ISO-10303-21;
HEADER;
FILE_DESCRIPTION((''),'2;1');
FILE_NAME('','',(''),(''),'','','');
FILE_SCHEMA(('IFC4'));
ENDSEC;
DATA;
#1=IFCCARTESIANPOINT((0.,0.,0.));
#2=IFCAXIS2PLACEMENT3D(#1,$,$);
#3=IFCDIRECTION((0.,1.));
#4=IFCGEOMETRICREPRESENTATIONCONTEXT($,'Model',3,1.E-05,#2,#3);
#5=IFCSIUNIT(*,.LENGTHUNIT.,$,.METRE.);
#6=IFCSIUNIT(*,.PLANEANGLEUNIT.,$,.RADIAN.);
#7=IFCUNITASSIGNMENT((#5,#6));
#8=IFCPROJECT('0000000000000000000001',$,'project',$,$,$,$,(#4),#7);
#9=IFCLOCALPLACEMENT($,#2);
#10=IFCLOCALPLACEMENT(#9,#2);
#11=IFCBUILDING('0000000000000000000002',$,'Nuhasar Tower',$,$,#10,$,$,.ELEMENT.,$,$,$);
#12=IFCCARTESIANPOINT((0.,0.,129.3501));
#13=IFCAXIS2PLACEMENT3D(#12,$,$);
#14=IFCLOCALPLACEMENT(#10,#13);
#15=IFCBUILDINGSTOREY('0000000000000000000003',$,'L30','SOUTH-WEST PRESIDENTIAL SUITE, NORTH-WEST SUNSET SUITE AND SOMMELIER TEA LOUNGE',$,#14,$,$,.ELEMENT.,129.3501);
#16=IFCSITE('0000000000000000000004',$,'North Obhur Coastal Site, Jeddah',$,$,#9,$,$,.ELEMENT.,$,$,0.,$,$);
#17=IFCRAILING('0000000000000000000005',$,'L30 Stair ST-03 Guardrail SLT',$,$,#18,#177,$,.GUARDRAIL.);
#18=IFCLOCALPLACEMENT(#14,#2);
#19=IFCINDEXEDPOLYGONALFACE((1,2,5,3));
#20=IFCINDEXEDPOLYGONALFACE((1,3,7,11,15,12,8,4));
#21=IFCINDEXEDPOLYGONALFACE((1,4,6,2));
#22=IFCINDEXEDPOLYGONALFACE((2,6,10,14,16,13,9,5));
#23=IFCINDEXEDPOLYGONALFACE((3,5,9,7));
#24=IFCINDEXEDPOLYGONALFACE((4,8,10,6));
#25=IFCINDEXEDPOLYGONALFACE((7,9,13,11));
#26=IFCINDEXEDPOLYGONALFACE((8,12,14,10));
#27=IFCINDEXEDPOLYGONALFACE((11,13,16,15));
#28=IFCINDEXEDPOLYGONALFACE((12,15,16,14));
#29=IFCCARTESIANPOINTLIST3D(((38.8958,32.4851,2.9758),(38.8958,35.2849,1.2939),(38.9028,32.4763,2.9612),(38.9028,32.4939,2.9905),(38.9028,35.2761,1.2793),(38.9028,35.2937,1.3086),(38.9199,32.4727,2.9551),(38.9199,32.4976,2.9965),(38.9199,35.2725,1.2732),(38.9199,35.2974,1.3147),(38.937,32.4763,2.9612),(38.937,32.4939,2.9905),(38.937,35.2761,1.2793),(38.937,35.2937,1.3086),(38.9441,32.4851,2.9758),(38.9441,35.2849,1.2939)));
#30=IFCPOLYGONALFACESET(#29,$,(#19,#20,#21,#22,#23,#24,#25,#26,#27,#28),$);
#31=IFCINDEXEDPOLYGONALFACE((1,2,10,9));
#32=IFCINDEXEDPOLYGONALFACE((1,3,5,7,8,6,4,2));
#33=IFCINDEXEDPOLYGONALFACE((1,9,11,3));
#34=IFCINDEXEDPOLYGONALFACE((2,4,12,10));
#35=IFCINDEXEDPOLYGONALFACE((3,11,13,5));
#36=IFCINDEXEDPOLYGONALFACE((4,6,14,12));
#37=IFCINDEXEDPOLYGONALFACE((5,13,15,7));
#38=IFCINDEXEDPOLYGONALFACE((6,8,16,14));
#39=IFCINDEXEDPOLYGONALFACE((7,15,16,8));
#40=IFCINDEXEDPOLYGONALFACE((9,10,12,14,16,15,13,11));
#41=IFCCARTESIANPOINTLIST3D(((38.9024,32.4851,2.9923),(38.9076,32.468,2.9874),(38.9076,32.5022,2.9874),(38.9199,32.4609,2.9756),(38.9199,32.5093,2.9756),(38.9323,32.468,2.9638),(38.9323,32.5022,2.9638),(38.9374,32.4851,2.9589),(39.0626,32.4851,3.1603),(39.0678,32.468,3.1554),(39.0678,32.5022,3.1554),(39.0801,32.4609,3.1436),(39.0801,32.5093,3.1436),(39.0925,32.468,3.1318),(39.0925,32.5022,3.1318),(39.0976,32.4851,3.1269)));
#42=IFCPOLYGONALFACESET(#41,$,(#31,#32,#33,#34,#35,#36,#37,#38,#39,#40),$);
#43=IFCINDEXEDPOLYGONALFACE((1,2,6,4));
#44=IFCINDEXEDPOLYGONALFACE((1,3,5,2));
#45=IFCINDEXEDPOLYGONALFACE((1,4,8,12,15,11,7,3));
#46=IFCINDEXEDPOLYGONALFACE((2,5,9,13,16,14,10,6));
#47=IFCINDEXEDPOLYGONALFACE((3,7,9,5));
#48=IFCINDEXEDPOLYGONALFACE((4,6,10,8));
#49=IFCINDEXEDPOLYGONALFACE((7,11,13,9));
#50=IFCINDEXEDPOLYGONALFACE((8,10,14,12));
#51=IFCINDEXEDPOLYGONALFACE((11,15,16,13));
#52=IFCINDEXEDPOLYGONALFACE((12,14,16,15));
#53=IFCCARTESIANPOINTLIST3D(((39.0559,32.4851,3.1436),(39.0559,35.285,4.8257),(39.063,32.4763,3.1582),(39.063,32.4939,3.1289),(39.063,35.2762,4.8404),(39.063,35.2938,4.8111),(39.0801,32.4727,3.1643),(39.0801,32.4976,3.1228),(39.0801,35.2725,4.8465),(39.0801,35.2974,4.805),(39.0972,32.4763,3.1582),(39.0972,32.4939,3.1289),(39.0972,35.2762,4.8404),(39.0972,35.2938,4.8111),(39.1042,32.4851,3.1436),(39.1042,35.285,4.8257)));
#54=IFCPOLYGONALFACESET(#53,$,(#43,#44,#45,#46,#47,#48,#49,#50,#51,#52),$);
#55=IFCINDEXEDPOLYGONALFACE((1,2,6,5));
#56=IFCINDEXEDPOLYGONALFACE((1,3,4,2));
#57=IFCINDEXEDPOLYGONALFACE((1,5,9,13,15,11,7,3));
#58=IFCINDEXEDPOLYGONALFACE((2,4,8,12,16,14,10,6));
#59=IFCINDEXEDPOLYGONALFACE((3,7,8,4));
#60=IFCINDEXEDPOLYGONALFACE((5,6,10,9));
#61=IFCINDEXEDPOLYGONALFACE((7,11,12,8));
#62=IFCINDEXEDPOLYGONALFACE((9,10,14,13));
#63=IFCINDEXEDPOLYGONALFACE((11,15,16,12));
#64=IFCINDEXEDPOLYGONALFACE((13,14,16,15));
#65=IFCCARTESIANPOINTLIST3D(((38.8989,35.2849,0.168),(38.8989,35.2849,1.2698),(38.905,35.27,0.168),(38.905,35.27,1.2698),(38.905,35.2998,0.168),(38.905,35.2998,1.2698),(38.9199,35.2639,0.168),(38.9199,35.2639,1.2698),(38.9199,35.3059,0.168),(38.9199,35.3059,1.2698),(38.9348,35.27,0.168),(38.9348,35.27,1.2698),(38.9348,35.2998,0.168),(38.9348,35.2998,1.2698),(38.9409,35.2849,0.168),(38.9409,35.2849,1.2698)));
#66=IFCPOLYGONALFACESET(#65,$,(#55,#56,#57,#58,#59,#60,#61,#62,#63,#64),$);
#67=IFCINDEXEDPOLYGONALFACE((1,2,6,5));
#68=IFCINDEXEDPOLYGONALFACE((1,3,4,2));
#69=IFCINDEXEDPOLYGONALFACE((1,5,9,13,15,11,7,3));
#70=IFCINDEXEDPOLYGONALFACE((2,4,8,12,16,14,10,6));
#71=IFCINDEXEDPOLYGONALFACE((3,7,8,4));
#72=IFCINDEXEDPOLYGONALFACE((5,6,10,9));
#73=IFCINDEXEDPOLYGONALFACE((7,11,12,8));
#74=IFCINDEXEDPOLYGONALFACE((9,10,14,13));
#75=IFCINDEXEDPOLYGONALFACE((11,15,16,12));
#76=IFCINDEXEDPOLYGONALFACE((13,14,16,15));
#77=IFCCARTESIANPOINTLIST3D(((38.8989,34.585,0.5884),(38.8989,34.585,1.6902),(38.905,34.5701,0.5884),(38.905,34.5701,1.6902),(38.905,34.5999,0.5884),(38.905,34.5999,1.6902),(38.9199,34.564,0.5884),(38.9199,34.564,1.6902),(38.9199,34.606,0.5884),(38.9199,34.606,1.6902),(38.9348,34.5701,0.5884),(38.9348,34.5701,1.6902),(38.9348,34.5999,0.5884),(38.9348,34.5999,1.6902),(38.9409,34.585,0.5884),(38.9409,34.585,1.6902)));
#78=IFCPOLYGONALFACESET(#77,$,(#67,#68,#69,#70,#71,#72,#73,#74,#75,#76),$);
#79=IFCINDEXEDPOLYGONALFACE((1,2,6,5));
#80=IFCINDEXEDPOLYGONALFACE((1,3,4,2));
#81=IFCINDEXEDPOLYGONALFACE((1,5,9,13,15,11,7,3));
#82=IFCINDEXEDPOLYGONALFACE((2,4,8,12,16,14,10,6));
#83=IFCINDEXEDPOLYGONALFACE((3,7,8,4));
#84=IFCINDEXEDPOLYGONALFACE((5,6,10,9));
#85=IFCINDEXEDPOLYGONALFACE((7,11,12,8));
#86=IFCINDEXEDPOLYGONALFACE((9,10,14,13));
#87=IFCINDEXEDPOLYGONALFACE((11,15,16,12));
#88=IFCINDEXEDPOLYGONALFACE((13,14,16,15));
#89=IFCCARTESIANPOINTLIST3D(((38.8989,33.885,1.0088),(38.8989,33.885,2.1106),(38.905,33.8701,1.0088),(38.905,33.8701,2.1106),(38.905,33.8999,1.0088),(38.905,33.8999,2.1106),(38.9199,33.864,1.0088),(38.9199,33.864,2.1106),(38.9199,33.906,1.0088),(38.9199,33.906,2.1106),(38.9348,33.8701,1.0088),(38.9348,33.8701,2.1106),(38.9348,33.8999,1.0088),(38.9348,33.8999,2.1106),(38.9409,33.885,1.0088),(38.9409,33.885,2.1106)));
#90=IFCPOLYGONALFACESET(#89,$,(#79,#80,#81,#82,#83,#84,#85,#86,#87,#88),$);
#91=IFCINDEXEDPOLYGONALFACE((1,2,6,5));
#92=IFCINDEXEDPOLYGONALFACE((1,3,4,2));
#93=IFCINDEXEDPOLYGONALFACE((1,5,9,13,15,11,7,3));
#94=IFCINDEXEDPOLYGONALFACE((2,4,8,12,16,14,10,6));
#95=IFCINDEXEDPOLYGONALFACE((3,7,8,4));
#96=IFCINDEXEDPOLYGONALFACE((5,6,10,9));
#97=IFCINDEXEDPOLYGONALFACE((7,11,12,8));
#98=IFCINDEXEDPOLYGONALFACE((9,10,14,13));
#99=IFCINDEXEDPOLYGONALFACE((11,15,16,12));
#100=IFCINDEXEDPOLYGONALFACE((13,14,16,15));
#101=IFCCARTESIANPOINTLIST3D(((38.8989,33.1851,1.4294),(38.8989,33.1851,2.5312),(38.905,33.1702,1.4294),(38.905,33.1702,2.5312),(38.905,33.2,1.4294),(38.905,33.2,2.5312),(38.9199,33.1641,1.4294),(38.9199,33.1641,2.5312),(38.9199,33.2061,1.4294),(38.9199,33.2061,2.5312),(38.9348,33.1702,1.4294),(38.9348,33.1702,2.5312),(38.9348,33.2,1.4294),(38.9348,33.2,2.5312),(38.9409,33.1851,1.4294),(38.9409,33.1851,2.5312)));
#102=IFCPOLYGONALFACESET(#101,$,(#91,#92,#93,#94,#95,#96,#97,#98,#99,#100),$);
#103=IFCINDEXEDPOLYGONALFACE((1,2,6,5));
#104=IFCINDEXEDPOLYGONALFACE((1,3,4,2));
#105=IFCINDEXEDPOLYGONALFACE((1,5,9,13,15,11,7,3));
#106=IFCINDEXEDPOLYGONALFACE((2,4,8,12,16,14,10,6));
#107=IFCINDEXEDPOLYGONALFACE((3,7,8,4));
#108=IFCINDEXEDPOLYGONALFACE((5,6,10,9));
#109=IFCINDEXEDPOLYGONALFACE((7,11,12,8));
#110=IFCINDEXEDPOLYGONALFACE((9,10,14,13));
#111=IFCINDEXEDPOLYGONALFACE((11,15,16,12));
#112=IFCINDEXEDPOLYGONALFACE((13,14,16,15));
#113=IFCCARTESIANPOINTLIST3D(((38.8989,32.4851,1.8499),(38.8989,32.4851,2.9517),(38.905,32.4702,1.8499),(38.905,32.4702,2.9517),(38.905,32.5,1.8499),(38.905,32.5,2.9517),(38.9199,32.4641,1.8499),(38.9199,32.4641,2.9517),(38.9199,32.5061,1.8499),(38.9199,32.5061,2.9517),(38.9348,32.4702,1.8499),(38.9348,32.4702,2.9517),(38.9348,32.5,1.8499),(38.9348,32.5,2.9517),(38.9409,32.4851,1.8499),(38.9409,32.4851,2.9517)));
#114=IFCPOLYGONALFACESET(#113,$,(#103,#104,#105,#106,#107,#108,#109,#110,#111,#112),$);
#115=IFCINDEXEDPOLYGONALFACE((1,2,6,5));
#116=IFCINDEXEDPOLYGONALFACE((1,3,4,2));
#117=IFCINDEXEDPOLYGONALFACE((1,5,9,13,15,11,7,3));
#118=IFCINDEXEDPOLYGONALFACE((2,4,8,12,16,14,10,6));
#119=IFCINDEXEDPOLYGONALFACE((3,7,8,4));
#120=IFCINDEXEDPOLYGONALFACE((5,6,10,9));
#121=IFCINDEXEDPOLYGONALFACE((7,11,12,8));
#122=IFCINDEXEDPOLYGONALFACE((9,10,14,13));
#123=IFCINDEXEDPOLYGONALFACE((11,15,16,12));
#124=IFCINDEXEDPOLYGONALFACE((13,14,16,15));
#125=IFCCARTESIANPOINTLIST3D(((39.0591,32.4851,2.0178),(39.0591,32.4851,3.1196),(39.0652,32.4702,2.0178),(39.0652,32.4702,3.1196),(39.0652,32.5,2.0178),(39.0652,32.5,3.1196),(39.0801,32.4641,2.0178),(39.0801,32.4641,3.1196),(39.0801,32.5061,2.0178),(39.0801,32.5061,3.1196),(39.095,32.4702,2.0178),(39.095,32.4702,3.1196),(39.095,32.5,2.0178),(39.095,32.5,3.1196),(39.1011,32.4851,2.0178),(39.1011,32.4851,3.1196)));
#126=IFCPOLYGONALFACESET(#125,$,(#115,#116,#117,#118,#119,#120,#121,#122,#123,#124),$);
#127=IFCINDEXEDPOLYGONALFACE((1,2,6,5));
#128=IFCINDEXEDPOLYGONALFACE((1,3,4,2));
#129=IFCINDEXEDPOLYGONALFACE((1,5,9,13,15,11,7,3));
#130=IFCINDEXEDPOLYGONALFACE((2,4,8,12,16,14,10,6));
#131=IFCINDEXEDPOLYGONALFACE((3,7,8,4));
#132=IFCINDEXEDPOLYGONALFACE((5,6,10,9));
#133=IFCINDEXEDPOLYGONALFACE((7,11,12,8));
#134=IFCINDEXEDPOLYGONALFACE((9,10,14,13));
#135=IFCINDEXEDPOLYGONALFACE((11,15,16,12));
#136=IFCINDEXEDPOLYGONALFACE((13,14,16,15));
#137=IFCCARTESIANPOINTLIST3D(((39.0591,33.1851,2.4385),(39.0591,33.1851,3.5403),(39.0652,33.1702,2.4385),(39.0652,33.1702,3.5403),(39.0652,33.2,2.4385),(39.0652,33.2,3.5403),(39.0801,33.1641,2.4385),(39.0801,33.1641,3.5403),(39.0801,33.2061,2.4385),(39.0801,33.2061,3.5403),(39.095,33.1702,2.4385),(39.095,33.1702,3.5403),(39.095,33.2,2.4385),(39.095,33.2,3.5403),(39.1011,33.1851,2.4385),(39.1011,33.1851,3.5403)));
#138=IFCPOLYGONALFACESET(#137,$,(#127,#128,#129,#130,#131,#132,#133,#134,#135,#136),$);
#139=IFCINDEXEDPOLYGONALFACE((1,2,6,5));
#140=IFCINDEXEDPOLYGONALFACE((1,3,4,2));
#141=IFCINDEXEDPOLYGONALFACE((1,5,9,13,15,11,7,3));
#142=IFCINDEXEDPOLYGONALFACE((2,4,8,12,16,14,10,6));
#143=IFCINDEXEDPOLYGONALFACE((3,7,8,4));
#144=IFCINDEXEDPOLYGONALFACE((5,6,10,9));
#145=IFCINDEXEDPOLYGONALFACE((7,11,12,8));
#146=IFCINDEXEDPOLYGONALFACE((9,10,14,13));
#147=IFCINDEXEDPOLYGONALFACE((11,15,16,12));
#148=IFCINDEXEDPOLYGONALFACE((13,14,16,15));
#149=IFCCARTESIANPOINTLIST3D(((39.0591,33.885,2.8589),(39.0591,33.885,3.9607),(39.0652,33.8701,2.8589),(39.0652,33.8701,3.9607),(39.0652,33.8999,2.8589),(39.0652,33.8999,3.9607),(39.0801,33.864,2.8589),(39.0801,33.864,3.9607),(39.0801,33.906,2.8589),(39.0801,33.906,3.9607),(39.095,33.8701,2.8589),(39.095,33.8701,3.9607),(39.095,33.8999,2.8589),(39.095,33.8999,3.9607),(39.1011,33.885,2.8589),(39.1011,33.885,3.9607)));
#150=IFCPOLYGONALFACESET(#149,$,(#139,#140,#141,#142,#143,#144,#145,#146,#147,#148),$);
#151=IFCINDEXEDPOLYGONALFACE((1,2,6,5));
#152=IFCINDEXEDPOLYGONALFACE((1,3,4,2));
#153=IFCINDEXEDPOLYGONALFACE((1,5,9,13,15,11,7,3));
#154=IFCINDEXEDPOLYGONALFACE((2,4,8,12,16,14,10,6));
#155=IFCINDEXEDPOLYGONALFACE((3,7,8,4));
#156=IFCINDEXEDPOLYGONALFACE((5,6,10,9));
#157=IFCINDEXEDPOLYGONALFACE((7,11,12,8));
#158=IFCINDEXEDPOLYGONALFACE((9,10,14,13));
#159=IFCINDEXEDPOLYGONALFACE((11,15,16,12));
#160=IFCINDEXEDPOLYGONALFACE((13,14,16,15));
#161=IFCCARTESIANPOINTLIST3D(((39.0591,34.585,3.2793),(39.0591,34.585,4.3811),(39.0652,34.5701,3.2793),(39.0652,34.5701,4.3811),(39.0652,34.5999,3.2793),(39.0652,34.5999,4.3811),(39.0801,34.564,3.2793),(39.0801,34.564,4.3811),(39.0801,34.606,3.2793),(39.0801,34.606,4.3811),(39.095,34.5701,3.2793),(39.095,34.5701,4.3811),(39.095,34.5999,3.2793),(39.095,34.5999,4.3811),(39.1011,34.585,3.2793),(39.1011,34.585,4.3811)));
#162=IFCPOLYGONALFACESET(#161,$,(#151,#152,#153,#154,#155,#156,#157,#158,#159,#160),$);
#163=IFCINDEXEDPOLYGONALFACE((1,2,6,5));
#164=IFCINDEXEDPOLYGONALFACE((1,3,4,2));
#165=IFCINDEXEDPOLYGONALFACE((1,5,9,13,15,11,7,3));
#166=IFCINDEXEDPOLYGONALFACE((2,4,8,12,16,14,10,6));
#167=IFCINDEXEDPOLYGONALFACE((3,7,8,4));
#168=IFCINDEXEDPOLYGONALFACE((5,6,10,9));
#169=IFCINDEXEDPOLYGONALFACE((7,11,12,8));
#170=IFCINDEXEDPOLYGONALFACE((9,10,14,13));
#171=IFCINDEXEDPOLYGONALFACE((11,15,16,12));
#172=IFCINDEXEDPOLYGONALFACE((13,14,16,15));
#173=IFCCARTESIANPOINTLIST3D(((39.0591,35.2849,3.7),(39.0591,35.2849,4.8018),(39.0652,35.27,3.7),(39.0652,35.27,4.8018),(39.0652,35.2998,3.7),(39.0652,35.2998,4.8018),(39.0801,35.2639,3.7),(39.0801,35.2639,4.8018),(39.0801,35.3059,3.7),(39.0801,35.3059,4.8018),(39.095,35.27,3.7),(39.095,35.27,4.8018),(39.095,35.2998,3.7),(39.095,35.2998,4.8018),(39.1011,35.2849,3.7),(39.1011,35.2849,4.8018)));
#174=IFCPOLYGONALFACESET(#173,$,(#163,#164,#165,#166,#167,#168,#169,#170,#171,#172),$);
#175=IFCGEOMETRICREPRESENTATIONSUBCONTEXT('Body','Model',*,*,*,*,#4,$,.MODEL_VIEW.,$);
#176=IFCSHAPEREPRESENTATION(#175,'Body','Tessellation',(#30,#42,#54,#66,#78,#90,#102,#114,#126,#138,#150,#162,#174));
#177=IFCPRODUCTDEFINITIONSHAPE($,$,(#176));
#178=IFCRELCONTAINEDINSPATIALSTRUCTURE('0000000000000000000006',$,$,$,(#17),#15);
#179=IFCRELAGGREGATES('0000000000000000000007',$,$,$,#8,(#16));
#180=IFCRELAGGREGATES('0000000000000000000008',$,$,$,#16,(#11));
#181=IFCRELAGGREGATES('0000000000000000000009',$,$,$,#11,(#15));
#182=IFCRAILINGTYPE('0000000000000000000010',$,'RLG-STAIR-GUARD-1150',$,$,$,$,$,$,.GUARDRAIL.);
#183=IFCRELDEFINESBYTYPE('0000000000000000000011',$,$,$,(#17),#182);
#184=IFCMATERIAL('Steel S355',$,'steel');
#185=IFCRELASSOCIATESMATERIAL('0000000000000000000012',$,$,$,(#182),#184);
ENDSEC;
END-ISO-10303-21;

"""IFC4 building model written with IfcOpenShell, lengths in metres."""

from ifc_helpers import new_model, si_unit, direction, frame, origin, place, context, subcontext, project, spatial, polyline, outline, extrude, material, type_object, element, save


model = new_model("IFC4")

# Units and contexts
model_context = context("Model", 3, precision=1e-05, world=origin(), true_north=direction((0.0, 1.0)))
body_context = subcontext(model_context, "Body", "Model", "MODEL_VIEW")
ifc_project = project(units=[si_unit("LENGTHUNIT", "METRE"), si_unit("PLANEANGLEUNIT", "RADIAN")], contexts=[model_context])

# Site, building, storey
site_placement = place(None, origin())
site = spatial("IfcSite", under=ifc_project, at=site_placement, Name="North Obhur Coastal Site, Jeddah", CompositionType="ELEMENT", RefElevation=0.0)
building_placement = place(site_placement, origin())
building = spatial("IfcBuilding", under=site, at=building_placement, Name="Nuhasar Tower", CompositionType="ELEMENT")
storey_placement = place(building_placement, frame((0.0, 0.0, 129.3501)))
storey = spatial("IfcBuildingStorey", under=building, at=storey_placement, Name="L30", Description="SOUTH-WEST PRESIDENTIAL SUITE, NORTH-WEST SUNSET SUITE AND SOMMELIER TEA LOUNGE", CompositionType="ELEMENT", Elevation=129.3501)

# Shared definitions
ifc_material_1 = material(Name="Steel S355", Category="steel")

# Railing
railing_type_1 = type_object("IfcRailingType", Name="RLG-STAIR-GUARD-1150", PredefinedType="GUARDRAIL", material=ifc_material_1)
railing_1_placement = place(storey_placement, frame((38.9199, 35.2849, 0.168)))
element("IfcRailing", 1, at=railing_1_placement, inside=storey, type_object=railing_type_1, Name="L30 Stair ST-03 Guardrail SLT", PredefinedType="GUARDRAIL", context=body_context, shape_type="SweptSolid", body=[
    extrude(outline(polyline([(0.0242, 0.0), (0.0171, 0.0171), (0.0, 0.0242), (-0.0171, 0.0171), (-0.0242, 0.0), (-0.0171, -0.0171), (0.0, -0.0242), (0.0171, -0.0171), (0.0242, 0.0)])), frame((0.0, 0.0, 1.126), z_axis=(0.0, -0.857222, 0.514946), x_axis=(1.0, 0.0, 0.0)), (0.0, 0.0, 1.0), 3.2661),
    extrude(outline(polyline([(0.0242, 0.0), (0.0171, 0.0171), (0.0, 0.0242), (-0.0171, 0.0171), (-0.0242, 0.0), (-0.0171, -0.0171), (0.0, -0.0242), (0.0171, -0.0171), (0.0242, 0.0)])), frame((0.0, -2.7998, 2.8076), z_axis=(0.690075, 0.0, 0.723738), x_axis=(0.0, 1.0, 0.0)), (0.0, 0.0, 1.0), 0.2322),
    extrude(outline(polyline([(0.0242, 0.0), (0.0171, 0.0171), (0.0, 0.0242), (-0.0171, 0.0171), (-0.0242, 0.0), (-0.0171, -0.0171), (0.0, -0.0242), (0.0171, -0.0171), (0.0242, 0.0)])), frame((0.1602, -2.7998, 2.9756), z_axis=(0.0, 0.857189, 0.515001), x_axis=(-1.0, 0.0, 0.0)), (0.0, 0.0, 1.0), 3.2664),
    extrude(outline(polyline([(0.021, 0.0), (0.0149, 0.0149), (0.0, 0.021), (-0.0149, 0.0149), (-0.021, 0.0), (-0.0149, -0.0149), (0.0, -0.021), (0.0149, -0.0149), (0.021, 0.0)])), origin(), (0.0, 0.0, 1.0), 1.1018),
    extrude(outline(polyline([(0.021, 0.0), (0.0149, 0.0149), (0.0, 0.021), (-0.0149, 0.0149), (-0.021, 0.0), (-0.0149, -0.0149), (0.0, -0.021), (0.0149, -0.0149), (0.021, 0.0)])), frame((0.0, -0.7, 0.4204)), (0.0, 0.0, 1.0), 1.1018),
    extrude(outline(polyline([(0.021, 0.0), (0.0149, 0.0149), (0.0, 0.021), (-0.0149, 0.0149), (-0.021, 0.0), (-0.0149, -0.0149), (0.0, -0.021), (0.0149, -0.0149), (0.021, 0.0)])), frame((0.0, -1.3999, 0.8408)), (0.0, 0.0, 1.0), 1.1018),
    extrude(outline(polyline([(0.021, 0.0), (0.0149, 0.0149), (0.0, 0.021), (-0.0149, 0.0149), (-0.021, 0.0), (-0.0149, -0.0149), (0.0, -0.021), (0.0149, -0.0149), (0.021, 0.0)])), frame((0.0, -2.0999, 1.2615)), (0.0, 0.0, 1.0), 1.1018),
    extrude(outline(polyline([(0.021, 0.0), (0.0149, 0.0149), (0.0, 0.021), (-0.0149, 0.0149), (-0.021, 0.0), (-0.0149, -0.0149), (0.0, -0.021), (0.0149, -0.0149), (0.021, 0.0)])), frame((0.0, -2.7998, 1.6819)), (0.0, 0.0, 1.0), 1.1018),
    extrude(outline(polyline([(0.021, 0.0), (0.0149, 0.0149), (0.0, 0.021), (-0.0149, 0.0149), (-0.021, 0.0), (-0.0149, -0.0149), (0.0, -0.021), (0.0149, -0.0149), (0.021, 0.0)])), frame((0.1602, -2.7998, 1.8499)), (0.0, 0.0, 1.0), 1.1018),
    extrude(outline(polyline([(0.021, 0.0), (0.0149, 0.0149), (0.0, 0.021), (-0.0149, 0.0149), (-0.021, 0.0), (-0.0149, -0.0149), (0.0, -0.021), (0.0149, -0.0149), (0.021, 0.0)])), frame((0.1602, -2.0999, 2.2705)), (0.0, 0.0, 1.0), 1.1018),
    extrude(outline(polyline([(0.021, 0.0), (0.0149, 0.0149), (0.0, 0.021), (-0.0149, 0.0149), (-0.021, 0.0), (-0.0149, -0.0149), (0.0, -0.021), (0.0149, -0.0149), (0.021, 0.0)])), frame((0.1602, -1.3999, 2.6909)), (0.0, 0.0, 1.0), 1.1018),
    extrude(outline(polyline([(0.021, 0.0), (0.0149, 0.0149), (0.0, 0.021), (-0.0149, 0.0149), (-0.021, 0.0), (-0.0149, -0.0149), (0.0, -0.021), (0.0149, -0.0149), (0.021, 0.0)])), frame((0.1602, -0.7, 3.1113)), (0.0, 0.0, 1.0), 1.1018),
    extrude(outline(polyline([(0.021, 0.0), (0.0149, 0.0149), (0.0, 0.021), (-0.0149, 0.0149), (-0.021, 0.0), (-0.0149, -0.0149), (0.0, -0.021), (0.0149, -0.0149), (0.021, 0.0)])), frame((0.1602, 0.0, 3.532)), (0.0, 0.0, 1.0), 1.1018),
])

save(model, "model.ifc")
